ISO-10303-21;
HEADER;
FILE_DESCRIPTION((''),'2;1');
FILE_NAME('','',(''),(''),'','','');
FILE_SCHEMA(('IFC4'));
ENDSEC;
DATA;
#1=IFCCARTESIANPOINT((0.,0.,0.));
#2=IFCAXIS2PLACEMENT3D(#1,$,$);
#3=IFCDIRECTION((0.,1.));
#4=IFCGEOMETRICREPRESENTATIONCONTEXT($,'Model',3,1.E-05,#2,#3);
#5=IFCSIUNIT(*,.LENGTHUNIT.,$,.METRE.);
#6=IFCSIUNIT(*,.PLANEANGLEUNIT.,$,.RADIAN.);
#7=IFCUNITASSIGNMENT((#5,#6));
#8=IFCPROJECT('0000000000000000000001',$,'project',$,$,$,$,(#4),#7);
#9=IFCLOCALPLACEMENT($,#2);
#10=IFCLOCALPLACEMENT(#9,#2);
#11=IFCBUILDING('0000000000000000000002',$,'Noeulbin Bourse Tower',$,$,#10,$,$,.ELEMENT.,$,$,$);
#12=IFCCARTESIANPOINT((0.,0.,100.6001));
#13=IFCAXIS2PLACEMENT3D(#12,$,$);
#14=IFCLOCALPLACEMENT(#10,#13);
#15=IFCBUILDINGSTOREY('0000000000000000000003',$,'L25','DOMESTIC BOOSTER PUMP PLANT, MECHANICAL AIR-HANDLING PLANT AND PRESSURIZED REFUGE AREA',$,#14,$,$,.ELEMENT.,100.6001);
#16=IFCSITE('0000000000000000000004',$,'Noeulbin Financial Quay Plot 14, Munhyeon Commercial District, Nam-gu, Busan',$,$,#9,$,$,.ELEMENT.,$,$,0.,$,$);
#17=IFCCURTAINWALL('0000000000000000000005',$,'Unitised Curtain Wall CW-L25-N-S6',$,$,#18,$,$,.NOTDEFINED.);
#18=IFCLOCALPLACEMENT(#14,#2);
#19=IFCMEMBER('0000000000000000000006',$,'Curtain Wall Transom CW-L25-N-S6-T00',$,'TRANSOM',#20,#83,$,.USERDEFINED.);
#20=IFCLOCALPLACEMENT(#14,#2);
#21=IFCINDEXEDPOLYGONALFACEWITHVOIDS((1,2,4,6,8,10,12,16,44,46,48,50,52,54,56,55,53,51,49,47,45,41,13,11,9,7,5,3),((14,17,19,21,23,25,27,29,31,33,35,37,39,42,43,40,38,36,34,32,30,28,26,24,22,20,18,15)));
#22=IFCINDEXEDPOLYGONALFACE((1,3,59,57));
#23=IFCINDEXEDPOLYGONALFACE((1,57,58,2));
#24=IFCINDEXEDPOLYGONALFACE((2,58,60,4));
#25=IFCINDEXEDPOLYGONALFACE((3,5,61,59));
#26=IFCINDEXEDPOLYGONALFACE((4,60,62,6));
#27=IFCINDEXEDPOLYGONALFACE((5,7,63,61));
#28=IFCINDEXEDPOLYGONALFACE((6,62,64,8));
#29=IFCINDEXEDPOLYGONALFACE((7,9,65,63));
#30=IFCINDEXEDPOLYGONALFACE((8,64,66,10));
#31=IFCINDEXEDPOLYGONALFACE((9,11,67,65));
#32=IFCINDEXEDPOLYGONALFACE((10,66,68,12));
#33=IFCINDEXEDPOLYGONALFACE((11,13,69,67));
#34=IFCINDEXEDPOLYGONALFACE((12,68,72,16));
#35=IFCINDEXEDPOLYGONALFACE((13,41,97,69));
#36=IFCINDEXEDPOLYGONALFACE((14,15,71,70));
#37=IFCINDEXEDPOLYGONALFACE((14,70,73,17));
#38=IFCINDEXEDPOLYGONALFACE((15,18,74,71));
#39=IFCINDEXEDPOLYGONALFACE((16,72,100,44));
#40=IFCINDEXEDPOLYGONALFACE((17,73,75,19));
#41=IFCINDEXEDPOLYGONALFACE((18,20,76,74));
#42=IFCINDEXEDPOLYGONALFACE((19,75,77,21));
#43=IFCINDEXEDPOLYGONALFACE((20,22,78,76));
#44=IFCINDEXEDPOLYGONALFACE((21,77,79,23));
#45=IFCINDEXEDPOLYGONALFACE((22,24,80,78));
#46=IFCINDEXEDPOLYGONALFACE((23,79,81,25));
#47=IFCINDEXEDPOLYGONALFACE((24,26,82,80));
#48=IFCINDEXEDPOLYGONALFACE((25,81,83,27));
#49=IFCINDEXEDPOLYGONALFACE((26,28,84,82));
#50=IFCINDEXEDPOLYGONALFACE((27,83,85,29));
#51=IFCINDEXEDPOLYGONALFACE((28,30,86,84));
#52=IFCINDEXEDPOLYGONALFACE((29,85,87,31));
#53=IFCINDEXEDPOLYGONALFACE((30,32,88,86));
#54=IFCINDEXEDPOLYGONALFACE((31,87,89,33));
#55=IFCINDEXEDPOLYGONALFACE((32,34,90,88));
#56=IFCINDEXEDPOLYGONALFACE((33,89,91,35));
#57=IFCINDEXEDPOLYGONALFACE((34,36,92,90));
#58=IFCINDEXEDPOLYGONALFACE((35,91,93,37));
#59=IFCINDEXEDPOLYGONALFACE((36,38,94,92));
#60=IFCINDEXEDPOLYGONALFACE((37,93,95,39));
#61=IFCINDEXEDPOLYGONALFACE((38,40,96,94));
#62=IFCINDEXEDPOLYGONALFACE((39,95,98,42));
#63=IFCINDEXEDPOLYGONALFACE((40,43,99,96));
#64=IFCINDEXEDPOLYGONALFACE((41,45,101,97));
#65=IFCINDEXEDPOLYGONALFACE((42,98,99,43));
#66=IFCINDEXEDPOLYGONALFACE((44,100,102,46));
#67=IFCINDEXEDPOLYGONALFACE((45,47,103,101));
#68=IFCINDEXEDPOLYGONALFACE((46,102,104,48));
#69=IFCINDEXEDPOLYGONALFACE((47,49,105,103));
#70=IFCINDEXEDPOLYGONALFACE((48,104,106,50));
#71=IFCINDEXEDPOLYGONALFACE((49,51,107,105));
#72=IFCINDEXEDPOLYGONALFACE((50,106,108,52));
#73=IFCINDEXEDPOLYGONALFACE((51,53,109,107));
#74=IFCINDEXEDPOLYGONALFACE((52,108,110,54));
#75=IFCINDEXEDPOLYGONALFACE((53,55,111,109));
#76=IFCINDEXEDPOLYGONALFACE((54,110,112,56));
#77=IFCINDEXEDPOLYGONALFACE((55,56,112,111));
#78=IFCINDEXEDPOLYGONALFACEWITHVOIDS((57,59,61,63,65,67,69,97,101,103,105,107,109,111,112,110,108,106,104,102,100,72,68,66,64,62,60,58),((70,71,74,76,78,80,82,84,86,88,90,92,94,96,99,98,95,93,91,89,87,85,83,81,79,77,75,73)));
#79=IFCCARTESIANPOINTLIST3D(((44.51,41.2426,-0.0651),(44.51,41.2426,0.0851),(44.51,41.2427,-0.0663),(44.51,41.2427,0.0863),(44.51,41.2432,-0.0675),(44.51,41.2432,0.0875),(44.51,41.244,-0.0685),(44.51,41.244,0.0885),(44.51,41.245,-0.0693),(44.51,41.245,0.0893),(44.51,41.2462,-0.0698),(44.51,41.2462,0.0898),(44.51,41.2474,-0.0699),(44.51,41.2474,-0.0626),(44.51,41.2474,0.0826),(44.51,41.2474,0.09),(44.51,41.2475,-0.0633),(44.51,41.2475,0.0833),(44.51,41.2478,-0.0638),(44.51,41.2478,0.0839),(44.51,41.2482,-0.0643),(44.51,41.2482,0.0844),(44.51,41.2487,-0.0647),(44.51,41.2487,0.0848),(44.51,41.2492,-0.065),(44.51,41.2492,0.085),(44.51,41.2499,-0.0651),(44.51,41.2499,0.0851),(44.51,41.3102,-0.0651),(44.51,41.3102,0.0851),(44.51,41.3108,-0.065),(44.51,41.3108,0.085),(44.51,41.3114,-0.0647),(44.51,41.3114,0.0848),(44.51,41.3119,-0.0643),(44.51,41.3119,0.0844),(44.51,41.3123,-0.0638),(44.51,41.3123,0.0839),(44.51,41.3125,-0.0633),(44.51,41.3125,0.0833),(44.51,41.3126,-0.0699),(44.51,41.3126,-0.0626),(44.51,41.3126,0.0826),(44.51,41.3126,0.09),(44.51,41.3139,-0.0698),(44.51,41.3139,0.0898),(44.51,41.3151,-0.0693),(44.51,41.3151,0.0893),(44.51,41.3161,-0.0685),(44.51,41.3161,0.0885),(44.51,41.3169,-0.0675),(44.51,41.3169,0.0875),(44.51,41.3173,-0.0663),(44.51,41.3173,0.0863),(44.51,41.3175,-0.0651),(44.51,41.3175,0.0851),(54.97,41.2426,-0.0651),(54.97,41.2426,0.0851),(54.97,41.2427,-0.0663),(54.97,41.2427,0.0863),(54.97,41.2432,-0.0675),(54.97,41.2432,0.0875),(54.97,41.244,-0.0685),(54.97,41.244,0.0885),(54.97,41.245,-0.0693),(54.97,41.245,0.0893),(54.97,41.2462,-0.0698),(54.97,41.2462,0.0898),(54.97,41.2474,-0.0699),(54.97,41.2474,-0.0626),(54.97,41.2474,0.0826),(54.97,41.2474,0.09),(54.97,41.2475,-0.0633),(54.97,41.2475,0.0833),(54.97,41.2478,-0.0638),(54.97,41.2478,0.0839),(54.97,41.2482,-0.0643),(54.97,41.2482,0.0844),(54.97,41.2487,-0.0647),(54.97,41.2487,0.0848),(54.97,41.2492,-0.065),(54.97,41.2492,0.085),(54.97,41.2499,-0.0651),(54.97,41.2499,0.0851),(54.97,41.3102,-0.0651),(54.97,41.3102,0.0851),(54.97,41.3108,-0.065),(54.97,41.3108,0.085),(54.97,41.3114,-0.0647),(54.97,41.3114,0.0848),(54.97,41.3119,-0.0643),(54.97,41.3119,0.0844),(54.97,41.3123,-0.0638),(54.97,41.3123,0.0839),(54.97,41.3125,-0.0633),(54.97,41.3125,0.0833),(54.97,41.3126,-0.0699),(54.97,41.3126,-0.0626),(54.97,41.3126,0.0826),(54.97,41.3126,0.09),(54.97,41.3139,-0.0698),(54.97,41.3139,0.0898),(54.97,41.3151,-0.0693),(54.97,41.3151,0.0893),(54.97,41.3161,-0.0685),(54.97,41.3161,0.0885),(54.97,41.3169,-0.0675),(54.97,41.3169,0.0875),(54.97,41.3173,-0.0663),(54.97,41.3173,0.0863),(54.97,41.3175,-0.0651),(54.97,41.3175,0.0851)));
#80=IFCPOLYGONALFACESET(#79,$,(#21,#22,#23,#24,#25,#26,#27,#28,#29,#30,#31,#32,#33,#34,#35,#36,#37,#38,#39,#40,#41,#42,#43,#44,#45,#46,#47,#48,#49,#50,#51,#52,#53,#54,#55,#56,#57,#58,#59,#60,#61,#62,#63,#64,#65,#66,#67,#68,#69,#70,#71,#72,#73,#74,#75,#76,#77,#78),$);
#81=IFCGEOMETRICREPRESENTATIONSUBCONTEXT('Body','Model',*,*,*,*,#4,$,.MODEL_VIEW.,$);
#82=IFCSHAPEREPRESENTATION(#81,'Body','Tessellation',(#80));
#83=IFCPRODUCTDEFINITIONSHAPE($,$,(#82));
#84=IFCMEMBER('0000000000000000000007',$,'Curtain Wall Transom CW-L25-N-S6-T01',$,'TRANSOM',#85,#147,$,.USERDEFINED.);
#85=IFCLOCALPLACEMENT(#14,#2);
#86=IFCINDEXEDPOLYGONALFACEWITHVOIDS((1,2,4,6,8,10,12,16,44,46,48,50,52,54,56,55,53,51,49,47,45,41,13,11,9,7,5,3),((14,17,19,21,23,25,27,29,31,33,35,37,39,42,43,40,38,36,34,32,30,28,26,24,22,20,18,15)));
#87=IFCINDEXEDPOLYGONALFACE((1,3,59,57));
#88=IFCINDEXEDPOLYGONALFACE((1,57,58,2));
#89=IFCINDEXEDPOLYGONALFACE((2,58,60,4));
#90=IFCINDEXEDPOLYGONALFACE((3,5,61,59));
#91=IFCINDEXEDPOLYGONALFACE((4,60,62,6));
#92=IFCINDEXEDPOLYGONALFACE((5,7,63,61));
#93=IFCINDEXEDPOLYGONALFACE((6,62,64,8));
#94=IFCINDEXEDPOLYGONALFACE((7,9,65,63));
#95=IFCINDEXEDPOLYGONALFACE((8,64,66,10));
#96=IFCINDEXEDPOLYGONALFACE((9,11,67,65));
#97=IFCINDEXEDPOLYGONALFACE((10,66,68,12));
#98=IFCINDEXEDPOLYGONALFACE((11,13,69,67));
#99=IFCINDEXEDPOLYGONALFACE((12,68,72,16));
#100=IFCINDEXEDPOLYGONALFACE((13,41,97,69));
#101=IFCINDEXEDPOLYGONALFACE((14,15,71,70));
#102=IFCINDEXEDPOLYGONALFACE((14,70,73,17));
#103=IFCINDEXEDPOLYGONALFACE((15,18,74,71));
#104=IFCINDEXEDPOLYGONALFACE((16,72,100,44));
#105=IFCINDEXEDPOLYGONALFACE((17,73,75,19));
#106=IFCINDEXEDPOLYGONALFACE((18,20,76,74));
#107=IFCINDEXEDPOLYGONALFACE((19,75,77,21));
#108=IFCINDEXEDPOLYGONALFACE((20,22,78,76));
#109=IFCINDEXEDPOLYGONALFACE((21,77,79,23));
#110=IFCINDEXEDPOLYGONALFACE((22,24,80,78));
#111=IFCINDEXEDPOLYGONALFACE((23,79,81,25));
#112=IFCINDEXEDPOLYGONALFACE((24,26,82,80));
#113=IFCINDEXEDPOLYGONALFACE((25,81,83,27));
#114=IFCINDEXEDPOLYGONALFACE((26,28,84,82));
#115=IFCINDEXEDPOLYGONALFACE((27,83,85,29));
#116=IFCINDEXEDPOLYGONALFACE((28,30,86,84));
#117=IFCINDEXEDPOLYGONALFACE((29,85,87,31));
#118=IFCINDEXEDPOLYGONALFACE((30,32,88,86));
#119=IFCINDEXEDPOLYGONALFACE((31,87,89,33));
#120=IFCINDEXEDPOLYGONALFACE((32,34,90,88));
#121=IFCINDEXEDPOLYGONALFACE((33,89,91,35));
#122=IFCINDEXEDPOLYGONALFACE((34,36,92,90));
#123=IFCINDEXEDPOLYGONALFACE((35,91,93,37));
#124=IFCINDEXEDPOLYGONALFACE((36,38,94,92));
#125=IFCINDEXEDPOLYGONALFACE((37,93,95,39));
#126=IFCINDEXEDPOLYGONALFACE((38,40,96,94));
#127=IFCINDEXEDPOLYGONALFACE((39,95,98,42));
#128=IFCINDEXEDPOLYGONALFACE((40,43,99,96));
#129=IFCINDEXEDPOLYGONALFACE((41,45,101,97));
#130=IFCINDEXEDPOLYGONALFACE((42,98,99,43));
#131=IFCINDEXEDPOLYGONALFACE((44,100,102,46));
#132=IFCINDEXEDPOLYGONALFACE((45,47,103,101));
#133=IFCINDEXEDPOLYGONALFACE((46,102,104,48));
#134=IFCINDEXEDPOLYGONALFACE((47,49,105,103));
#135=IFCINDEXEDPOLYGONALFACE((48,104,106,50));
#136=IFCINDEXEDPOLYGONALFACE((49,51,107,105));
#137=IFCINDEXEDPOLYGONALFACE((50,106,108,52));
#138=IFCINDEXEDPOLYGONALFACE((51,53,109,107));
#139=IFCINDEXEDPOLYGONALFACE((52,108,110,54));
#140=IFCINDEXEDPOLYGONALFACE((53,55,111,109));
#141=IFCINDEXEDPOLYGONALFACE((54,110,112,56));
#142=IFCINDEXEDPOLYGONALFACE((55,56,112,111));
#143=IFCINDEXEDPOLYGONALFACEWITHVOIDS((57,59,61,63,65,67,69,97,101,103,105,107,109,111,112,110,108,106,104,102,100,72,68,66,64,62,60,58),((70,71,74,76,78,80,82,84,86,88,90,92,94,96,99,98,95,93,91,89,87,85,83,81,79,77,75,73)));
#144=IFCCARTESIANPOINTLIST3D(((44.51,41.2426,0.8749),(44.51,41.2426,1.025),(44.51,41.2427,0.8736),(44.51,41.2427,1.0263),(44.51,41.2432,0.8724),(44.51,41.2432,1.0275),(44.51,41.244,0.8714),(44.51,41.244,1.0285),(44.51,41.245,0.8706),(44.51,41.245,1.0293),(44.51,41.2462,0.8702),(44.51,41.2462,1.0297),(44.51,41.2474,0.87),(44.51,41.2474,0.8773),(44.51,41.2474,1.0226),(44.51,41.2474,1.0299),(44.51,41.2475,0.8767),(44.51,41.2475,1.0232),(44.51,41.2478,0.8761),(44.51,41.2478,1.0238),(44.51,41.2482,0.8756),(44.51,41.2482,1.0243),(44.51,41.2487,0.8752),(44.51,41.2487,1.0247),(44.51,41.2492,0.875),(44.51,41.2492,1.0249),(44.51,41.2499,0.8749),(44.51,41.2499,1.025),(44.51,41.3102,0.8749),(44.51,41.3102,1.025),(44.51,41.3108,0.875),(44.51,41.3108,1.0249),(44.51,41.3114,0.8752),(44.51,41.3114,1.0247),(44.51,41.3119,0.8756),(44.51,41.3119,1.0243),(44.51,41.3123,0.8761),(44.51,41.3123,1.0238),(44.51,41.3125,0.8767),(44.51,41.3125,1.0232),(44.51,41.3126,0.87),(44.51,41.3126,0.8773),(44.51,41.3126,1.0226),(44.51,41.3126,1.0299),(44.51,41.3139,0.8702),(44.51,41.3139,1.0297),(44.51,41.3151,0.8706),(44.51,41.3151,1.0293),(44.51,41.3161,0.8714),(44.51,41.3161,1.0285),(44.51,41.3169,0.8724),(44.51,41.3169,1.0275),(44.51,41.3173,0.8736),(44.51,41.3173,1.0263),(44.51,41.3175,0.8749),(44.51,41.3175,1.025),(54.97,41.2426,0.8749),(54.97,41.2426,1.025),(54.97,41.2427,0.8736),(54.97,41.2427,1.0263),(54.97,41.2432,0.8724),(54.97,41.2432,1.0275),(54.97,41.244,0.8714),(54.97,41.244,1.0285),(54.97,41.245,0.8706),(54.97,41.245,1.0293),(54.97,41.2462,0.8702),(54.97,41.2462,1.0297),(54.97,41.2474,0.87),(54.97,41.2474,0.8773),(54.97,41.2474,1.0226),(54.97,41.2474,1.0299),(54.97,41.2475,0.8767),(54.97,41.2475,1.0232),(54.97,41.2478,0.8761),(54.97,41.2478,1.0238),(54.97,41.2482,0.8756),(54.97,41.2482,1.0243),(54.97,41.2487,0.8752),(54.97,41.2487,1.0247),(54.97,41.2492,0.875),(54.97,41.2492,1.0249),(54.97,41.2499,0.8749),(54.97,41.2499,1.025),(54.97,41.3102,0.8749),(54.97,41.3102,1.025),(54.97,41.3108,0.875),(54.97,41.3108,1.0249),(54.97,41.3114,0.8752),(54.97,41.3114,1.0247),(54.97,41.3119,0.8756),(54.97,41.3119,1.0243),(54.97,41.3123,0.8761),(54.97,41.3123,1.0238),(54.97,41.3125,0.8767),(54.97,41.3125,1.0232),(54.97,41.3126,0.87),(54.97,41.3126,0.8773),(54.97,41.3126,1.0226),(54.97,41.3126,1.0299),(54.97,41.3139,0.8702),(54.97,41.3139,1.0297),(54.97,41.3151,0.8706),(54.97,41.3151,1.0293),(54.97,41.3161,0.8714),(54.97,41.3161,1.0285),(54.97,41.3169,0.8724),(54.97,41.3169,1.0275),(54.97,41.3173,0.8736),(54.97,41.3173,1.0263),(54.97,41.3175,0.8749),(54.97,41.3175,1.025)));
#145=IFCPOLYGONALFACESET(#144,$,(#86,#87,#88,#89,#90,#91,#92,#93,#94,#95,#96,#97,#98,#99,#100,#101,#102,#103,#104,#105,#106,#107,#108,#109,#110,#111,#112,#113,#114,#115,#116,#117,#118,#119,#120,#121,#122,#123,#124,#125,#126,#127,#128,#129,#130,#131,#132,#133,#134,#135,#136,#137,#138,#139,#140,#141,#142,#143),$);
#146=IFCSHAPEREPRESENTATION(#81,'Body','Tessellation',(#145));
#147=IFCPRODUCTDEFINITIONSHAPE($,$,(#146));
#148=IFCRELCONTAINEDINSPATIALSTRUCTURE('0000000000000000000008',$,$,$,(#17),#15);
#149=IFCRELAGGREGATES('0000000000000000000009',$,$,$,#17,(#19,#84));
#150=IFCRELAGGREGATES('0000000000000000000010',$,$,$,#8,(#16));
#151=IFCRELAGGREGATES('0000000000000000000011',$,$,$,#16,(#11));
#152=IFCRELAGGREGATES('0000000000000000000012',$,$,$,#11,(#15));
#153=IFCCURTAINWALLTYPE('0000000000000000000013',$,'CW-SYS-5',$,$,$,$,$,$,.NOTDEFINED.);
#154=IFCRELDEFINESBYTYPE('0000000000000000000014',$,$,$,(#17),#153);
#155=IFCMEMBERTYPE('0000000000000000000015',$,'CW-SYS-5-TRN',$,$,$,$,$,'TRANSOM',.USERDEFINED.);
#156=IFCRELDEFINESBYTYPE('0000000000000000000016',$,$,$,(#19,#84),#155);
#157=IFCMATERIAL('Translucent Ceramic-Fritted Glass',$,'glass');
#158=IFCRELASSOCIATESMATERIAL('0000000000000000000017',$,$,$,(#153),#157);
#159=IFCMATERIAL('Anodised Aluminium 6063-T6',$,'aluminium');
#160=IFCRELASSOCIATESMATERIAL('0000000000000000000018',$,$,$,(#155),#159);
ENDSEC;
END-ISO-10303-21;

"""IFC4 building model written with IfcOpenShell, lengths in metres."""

from ifc_helpers import new_model, si_unit, direction, frame, origin, origin_2d, place, context, subcontext, project, spatial, hollow_rectangle, extrude, material, material_profile, profile_set, type_object, element, aggregate, save


model = new_model("IFC4")

# Units and contexts
model_context = context("Model", 3, precision=1e-05, world=origin(), true_north=direction((0.0, 1.0)))
body_context = subcontext(model_context, "Body", "Model", "MODEL_VIEW")
ifc_project = project(units=[si_unit("LENGTHUNIT", "METRE"), si_unit("PLANEANGLEUNIT", "RADIAN")], contexts=[model_context])

# Site, building, storey
site_placement = place(None, origin())
site = spatial("IfcSite", under=ifc_project, at=site_placement, Name="Noeulbin Financial Quay Plot 14, Munhyeon Commercial District, Nam-gu, Busan", CompositionType="ELEMENT", RefElevation=0.0)
building_placement = place(site_placement, origin())
building = spatial("IfcBuilding", under=site, at=building_placement, Name="Noeulbin Bourse Tower", CompositionType="ELEMENT")
storey_placement = place(building_placement, frame((0.0, 0.0, 100.6001)))
storey = spatial("IfcBuildingStorey", under=building, at=storey_placement, Name="L25", Description="DOMESTIC BOOSTER PUMP PLANT, MECHANICAL AIR-HANDLING PLANT AND PRESSURIZED REFUGE AREA", CompositionType="ELEMENT", Elevation=100.6001)

# Curtain wall
ifc_material_1 = material(Name="Translucent Ceramic-Fritted Glass", Category="glass")
curtain_wall_type = type_object("IfcCurtainWallType", Name="CW-SYS-5", PredefinedType="NOTDEFINED", material=ifc_material_1)
curtain_wall_1_placement = place(storey_placement, origin())
curtain_wall_1 = element("IfcCurtainWall", 1, at=curtain_wall_1_placement, inside=storey, type_object=curtain_wall_type, Name="Unitised Curtain Wall CW-L25-N-S6", PredefinedType="NOTDEFINED")
ifc_material_2 = material(Name="Anodised Aluminium 6063-T6", Category="aluminium")

# Members
ifc_material_profile_1 = material_profile(ifc_material_2, hollow_rectangle(XDim=0.075, YDim=0.1599, WallThickness=0.0049, InnerFilletRadius=0.0024, OuterFilletRadius=0.0049, at=origin_2d()), Name="ALU-TRAN-75x160x5", Category="LoadBearing")
ifc_profile_set_1 = profile_set([ifc_material_profile_1], Name="Anodised Aluminium 6063-T6")
member_type_1 = type_object("IfcMemberType", Name="CW-SYS-5-TRN", ElementType="TRANSOM", PredefinedType="USERDEFINED", material=ifc_profile_set_1)
member_1_placement = place(storey_placement, frame((44.51, 41.28, 0.01), z_axis=(1.0, 0.0, 0.0), x_axis=(0.0, 1.0, 0.0)))
member_1 = element("IfcMember", 2, at=member_1_placement, type_object=member_type_1, Name="Curtain Wall Transom CW-L25-N-S6-T00", ObjectType="TRANSOM", PredefinedType="USERDEFINED", context=body_context, shape_type="SweptSolid", body=[
    extrude(hollow_rectangle(XDim=0.075, YDim=0.1599, WallThickness=0.0049, InnerFilletRadius=0.0024, OuterFilletRadius=0.0049, at=origin_2d()), origin(), (0.0, 0.0, 1.0), 10.46),
])
member_2_placement = place(storey_placement, frame((44.51, 41.28, 0.95), z_axis=(1.0, 0.0, 0.0), x_axis=(0.0, 1.0, 0.0)))
member_2 = element("IfcMember", 3, at=member_2_placement, type_object=member_type_1, Name="Curtain Wall Transom CW-L25-N-S6-T01", ObjectType="TRANSOM", PredefinedType="USERDEFINED", context=body_context, shape_type="SweptSolid", body=[
    extrude(hollow_rectangle(XDim=0.075, YDim=0.1599, WallThickness=0.0049, InnerFilletRadius=0.0024, OuterFilletRadius=0.0049, at=origin_2d()), origin(), (0.0, 0.0, 1.0), 10.46),
])

aggregate(curtain_wall_1, [member_1, member_2])

save(model, "model.ifc")
